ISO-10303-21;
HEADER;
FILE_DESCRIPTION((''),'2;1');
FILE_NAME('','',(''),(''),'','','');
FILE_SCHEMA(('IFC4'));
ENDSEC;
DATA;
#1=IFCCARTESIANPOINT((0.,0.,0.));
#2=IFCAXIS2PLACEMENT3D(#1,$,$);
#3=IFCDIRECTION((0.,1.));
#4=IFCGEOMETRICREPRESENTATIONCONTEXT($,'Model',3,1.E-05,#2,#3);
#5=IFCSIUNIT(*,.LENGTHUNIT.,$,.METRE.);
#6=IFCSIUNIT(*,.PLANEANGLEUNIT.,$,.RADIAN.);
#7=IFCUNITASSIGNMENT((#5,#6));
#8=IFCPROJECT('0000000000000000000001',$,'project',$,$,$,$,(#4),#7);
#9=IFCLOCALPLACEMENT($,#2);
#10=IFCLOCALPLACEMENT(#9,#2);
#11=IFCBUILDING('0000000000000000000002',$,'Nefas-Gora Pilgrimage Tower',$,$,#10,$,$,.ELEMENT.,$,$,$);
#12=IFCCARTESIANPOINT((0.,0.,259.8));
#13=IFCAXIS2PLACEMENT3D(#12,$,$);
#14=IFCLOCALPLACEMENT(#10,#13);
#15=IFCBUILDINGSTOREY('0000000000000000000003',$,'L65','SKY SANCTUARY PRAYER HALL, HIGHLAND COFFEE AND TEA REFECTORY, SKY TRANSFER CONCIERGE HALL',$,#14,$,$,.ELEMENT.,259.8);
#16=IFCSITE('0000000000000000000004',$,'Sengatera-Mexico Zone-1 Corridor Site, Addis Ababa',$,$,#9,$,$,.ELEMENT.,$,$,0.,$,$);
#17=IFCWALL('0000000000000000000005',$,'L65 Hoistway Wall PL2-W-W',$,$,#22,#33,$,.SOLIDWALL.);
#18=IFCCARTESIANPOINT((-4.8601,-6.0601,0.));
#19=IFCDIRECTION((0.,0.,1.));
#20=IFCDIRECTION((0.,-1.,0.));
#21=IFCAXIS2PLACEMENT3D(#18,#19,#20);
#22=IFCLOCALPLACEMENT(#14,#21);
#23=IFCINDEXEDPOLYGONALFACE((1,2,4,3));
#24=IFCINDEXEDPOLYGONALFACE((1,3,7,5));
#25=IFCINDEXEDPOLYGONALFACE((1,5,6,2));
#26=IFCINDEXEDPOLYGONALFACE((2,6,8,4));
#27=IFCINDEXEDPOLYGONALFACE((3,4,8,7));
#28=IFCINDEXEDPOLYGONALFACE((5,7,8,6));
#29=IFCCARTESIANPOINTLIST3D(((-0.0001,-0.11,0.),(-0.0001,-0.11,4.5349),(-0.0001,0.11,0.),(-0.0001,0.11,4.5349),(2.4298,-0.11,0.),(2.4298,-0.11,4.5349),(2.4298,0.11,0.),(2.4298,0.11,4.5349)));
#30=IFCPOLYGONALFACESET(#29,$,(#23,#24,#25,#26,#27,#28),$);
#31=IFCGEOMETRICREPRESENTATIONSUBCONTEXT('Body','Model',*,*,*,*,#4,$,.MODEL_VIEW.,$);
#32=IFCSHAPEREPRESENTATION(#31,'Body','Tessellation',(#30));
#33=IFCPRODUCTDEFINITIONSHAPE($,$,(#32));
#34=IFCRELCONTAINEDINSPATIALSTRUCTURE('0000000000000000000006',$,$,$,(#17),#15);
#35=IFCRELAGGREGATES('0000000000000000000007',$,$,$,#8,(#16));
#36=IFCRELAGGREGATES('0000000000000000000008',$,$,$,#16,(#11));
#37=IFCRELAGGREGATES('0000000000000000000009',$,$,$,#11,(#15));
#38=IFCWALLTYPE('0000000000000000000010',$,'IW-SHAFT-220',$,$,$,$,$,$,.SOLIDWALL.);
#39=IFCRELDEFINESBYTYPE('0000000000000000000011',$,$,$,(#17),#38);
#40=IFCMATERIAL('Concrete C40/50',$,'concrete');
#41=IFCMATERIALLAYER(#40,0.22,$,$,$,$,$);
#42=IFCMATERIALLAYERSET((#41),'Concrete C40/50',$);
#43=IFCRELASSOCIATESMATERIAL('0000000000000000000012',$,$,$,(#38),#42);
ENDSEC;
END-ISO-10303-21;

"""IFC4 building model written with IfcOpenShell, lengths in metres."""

from ifc_helpers import new_model, si_unit, direction, frame, frame_2d, origin, place, context, subcontext, project, spatial, rectangle, extrude, source, transform, mapped, material, layer, layer_set, type_object, element, save


model = new_model("IFC4")

# Units and contexts
model_context = context("Model", 3, precision=1e-05, world=origin(), true_north=direction((0.0, 1.0)))
body_context = subcontext(model_context, "Body", "Model", "MODEL_VIEW")
ifc_project = project(units=[si_unit("LENGTHUNIT", "METRE"), si_unit("PLANEANGLEUNIT", "RADIAN")], contexts=[model_context])

# Site, building, storey
site_placement = place(None, origin())
site = spatial("IfcSite", under=ifc_project, at=site_placement, Name="Sengatera-Mexico Zone-1 Corridor Site, Addis Ababa", CompositionType="ELEMENT", RefElevation=0.0)
building_placement = place(site_placement, origin())
building = spatial("IfcBuilding", under=site, at=building_placement, Name="Nefas-Gora Pilgrimage Tower", CompositionType="ELEMENT")
storey_placement = place(building_placement, frame((0.0, 0.0, 259.8)))
storey = spatial("IfcBuildingStorey", under=building, at=storey_placement, Name="L65", Description="SKY SANCTUARY PRAYER HALL, HIGHLAND COFFEE AND TEA REFECTORY, SKY TRANSFER CONCIERGE HALL", CompositionType="ELEMENT", Elevation=259.8)

# Wall
ifc_material_1 = material(Name="Concrete C40/50", Category="concrete")
ifc_layer_1 = layer(ifc_material_1, 0.22)
ifc_layer_set_1 = layer_set([ifc_layer_1], Name="Concrete C40/50")
wall_type_1 = type_object("IfcWallType", Name="IW-SHAFT-220", PredefinedType="SOLIDWALL", material=ifc_layer_set_1)
shared_shape_1 = source(origin(), body_context, "Body", "SweptSolid", [
    extrude(rectangle(XDim=2.4299, YDim=0.22, at=frame_2d((1.2148, 0.0))), origin(), (0.0, 0.0, 1.0), 4.5349),
])
for number, where, z_axis, x_axis, name in (
    (1, (-4.8601, -6.0601, 0.0), (0.0, 0.0, 1.0), (0.0, -1.0, 0.0), "L65 Hoistway Wall PL2-W-W"),
):
    element("IfcWall", number, at=place(storey_placement, frame(where, z_axis=z_axis, x_axis=x_axis)), inside=storey, type_object=wall_type_1, Name=name, PredefinedType="SOLIDWALL", context=body_context, shape_type="MappedRepresentation", body=[
        mapped(shared_shape_1, transform((0.0, 0.0, 0.0), x_axis=(1.0, 0.0, 0.0), y_axis=(0.0, 1.0, 0.0), z_axis=(0.0, 0.0, 1.0), scale=1.0)),
    ])

save(model, "model.ifc")
